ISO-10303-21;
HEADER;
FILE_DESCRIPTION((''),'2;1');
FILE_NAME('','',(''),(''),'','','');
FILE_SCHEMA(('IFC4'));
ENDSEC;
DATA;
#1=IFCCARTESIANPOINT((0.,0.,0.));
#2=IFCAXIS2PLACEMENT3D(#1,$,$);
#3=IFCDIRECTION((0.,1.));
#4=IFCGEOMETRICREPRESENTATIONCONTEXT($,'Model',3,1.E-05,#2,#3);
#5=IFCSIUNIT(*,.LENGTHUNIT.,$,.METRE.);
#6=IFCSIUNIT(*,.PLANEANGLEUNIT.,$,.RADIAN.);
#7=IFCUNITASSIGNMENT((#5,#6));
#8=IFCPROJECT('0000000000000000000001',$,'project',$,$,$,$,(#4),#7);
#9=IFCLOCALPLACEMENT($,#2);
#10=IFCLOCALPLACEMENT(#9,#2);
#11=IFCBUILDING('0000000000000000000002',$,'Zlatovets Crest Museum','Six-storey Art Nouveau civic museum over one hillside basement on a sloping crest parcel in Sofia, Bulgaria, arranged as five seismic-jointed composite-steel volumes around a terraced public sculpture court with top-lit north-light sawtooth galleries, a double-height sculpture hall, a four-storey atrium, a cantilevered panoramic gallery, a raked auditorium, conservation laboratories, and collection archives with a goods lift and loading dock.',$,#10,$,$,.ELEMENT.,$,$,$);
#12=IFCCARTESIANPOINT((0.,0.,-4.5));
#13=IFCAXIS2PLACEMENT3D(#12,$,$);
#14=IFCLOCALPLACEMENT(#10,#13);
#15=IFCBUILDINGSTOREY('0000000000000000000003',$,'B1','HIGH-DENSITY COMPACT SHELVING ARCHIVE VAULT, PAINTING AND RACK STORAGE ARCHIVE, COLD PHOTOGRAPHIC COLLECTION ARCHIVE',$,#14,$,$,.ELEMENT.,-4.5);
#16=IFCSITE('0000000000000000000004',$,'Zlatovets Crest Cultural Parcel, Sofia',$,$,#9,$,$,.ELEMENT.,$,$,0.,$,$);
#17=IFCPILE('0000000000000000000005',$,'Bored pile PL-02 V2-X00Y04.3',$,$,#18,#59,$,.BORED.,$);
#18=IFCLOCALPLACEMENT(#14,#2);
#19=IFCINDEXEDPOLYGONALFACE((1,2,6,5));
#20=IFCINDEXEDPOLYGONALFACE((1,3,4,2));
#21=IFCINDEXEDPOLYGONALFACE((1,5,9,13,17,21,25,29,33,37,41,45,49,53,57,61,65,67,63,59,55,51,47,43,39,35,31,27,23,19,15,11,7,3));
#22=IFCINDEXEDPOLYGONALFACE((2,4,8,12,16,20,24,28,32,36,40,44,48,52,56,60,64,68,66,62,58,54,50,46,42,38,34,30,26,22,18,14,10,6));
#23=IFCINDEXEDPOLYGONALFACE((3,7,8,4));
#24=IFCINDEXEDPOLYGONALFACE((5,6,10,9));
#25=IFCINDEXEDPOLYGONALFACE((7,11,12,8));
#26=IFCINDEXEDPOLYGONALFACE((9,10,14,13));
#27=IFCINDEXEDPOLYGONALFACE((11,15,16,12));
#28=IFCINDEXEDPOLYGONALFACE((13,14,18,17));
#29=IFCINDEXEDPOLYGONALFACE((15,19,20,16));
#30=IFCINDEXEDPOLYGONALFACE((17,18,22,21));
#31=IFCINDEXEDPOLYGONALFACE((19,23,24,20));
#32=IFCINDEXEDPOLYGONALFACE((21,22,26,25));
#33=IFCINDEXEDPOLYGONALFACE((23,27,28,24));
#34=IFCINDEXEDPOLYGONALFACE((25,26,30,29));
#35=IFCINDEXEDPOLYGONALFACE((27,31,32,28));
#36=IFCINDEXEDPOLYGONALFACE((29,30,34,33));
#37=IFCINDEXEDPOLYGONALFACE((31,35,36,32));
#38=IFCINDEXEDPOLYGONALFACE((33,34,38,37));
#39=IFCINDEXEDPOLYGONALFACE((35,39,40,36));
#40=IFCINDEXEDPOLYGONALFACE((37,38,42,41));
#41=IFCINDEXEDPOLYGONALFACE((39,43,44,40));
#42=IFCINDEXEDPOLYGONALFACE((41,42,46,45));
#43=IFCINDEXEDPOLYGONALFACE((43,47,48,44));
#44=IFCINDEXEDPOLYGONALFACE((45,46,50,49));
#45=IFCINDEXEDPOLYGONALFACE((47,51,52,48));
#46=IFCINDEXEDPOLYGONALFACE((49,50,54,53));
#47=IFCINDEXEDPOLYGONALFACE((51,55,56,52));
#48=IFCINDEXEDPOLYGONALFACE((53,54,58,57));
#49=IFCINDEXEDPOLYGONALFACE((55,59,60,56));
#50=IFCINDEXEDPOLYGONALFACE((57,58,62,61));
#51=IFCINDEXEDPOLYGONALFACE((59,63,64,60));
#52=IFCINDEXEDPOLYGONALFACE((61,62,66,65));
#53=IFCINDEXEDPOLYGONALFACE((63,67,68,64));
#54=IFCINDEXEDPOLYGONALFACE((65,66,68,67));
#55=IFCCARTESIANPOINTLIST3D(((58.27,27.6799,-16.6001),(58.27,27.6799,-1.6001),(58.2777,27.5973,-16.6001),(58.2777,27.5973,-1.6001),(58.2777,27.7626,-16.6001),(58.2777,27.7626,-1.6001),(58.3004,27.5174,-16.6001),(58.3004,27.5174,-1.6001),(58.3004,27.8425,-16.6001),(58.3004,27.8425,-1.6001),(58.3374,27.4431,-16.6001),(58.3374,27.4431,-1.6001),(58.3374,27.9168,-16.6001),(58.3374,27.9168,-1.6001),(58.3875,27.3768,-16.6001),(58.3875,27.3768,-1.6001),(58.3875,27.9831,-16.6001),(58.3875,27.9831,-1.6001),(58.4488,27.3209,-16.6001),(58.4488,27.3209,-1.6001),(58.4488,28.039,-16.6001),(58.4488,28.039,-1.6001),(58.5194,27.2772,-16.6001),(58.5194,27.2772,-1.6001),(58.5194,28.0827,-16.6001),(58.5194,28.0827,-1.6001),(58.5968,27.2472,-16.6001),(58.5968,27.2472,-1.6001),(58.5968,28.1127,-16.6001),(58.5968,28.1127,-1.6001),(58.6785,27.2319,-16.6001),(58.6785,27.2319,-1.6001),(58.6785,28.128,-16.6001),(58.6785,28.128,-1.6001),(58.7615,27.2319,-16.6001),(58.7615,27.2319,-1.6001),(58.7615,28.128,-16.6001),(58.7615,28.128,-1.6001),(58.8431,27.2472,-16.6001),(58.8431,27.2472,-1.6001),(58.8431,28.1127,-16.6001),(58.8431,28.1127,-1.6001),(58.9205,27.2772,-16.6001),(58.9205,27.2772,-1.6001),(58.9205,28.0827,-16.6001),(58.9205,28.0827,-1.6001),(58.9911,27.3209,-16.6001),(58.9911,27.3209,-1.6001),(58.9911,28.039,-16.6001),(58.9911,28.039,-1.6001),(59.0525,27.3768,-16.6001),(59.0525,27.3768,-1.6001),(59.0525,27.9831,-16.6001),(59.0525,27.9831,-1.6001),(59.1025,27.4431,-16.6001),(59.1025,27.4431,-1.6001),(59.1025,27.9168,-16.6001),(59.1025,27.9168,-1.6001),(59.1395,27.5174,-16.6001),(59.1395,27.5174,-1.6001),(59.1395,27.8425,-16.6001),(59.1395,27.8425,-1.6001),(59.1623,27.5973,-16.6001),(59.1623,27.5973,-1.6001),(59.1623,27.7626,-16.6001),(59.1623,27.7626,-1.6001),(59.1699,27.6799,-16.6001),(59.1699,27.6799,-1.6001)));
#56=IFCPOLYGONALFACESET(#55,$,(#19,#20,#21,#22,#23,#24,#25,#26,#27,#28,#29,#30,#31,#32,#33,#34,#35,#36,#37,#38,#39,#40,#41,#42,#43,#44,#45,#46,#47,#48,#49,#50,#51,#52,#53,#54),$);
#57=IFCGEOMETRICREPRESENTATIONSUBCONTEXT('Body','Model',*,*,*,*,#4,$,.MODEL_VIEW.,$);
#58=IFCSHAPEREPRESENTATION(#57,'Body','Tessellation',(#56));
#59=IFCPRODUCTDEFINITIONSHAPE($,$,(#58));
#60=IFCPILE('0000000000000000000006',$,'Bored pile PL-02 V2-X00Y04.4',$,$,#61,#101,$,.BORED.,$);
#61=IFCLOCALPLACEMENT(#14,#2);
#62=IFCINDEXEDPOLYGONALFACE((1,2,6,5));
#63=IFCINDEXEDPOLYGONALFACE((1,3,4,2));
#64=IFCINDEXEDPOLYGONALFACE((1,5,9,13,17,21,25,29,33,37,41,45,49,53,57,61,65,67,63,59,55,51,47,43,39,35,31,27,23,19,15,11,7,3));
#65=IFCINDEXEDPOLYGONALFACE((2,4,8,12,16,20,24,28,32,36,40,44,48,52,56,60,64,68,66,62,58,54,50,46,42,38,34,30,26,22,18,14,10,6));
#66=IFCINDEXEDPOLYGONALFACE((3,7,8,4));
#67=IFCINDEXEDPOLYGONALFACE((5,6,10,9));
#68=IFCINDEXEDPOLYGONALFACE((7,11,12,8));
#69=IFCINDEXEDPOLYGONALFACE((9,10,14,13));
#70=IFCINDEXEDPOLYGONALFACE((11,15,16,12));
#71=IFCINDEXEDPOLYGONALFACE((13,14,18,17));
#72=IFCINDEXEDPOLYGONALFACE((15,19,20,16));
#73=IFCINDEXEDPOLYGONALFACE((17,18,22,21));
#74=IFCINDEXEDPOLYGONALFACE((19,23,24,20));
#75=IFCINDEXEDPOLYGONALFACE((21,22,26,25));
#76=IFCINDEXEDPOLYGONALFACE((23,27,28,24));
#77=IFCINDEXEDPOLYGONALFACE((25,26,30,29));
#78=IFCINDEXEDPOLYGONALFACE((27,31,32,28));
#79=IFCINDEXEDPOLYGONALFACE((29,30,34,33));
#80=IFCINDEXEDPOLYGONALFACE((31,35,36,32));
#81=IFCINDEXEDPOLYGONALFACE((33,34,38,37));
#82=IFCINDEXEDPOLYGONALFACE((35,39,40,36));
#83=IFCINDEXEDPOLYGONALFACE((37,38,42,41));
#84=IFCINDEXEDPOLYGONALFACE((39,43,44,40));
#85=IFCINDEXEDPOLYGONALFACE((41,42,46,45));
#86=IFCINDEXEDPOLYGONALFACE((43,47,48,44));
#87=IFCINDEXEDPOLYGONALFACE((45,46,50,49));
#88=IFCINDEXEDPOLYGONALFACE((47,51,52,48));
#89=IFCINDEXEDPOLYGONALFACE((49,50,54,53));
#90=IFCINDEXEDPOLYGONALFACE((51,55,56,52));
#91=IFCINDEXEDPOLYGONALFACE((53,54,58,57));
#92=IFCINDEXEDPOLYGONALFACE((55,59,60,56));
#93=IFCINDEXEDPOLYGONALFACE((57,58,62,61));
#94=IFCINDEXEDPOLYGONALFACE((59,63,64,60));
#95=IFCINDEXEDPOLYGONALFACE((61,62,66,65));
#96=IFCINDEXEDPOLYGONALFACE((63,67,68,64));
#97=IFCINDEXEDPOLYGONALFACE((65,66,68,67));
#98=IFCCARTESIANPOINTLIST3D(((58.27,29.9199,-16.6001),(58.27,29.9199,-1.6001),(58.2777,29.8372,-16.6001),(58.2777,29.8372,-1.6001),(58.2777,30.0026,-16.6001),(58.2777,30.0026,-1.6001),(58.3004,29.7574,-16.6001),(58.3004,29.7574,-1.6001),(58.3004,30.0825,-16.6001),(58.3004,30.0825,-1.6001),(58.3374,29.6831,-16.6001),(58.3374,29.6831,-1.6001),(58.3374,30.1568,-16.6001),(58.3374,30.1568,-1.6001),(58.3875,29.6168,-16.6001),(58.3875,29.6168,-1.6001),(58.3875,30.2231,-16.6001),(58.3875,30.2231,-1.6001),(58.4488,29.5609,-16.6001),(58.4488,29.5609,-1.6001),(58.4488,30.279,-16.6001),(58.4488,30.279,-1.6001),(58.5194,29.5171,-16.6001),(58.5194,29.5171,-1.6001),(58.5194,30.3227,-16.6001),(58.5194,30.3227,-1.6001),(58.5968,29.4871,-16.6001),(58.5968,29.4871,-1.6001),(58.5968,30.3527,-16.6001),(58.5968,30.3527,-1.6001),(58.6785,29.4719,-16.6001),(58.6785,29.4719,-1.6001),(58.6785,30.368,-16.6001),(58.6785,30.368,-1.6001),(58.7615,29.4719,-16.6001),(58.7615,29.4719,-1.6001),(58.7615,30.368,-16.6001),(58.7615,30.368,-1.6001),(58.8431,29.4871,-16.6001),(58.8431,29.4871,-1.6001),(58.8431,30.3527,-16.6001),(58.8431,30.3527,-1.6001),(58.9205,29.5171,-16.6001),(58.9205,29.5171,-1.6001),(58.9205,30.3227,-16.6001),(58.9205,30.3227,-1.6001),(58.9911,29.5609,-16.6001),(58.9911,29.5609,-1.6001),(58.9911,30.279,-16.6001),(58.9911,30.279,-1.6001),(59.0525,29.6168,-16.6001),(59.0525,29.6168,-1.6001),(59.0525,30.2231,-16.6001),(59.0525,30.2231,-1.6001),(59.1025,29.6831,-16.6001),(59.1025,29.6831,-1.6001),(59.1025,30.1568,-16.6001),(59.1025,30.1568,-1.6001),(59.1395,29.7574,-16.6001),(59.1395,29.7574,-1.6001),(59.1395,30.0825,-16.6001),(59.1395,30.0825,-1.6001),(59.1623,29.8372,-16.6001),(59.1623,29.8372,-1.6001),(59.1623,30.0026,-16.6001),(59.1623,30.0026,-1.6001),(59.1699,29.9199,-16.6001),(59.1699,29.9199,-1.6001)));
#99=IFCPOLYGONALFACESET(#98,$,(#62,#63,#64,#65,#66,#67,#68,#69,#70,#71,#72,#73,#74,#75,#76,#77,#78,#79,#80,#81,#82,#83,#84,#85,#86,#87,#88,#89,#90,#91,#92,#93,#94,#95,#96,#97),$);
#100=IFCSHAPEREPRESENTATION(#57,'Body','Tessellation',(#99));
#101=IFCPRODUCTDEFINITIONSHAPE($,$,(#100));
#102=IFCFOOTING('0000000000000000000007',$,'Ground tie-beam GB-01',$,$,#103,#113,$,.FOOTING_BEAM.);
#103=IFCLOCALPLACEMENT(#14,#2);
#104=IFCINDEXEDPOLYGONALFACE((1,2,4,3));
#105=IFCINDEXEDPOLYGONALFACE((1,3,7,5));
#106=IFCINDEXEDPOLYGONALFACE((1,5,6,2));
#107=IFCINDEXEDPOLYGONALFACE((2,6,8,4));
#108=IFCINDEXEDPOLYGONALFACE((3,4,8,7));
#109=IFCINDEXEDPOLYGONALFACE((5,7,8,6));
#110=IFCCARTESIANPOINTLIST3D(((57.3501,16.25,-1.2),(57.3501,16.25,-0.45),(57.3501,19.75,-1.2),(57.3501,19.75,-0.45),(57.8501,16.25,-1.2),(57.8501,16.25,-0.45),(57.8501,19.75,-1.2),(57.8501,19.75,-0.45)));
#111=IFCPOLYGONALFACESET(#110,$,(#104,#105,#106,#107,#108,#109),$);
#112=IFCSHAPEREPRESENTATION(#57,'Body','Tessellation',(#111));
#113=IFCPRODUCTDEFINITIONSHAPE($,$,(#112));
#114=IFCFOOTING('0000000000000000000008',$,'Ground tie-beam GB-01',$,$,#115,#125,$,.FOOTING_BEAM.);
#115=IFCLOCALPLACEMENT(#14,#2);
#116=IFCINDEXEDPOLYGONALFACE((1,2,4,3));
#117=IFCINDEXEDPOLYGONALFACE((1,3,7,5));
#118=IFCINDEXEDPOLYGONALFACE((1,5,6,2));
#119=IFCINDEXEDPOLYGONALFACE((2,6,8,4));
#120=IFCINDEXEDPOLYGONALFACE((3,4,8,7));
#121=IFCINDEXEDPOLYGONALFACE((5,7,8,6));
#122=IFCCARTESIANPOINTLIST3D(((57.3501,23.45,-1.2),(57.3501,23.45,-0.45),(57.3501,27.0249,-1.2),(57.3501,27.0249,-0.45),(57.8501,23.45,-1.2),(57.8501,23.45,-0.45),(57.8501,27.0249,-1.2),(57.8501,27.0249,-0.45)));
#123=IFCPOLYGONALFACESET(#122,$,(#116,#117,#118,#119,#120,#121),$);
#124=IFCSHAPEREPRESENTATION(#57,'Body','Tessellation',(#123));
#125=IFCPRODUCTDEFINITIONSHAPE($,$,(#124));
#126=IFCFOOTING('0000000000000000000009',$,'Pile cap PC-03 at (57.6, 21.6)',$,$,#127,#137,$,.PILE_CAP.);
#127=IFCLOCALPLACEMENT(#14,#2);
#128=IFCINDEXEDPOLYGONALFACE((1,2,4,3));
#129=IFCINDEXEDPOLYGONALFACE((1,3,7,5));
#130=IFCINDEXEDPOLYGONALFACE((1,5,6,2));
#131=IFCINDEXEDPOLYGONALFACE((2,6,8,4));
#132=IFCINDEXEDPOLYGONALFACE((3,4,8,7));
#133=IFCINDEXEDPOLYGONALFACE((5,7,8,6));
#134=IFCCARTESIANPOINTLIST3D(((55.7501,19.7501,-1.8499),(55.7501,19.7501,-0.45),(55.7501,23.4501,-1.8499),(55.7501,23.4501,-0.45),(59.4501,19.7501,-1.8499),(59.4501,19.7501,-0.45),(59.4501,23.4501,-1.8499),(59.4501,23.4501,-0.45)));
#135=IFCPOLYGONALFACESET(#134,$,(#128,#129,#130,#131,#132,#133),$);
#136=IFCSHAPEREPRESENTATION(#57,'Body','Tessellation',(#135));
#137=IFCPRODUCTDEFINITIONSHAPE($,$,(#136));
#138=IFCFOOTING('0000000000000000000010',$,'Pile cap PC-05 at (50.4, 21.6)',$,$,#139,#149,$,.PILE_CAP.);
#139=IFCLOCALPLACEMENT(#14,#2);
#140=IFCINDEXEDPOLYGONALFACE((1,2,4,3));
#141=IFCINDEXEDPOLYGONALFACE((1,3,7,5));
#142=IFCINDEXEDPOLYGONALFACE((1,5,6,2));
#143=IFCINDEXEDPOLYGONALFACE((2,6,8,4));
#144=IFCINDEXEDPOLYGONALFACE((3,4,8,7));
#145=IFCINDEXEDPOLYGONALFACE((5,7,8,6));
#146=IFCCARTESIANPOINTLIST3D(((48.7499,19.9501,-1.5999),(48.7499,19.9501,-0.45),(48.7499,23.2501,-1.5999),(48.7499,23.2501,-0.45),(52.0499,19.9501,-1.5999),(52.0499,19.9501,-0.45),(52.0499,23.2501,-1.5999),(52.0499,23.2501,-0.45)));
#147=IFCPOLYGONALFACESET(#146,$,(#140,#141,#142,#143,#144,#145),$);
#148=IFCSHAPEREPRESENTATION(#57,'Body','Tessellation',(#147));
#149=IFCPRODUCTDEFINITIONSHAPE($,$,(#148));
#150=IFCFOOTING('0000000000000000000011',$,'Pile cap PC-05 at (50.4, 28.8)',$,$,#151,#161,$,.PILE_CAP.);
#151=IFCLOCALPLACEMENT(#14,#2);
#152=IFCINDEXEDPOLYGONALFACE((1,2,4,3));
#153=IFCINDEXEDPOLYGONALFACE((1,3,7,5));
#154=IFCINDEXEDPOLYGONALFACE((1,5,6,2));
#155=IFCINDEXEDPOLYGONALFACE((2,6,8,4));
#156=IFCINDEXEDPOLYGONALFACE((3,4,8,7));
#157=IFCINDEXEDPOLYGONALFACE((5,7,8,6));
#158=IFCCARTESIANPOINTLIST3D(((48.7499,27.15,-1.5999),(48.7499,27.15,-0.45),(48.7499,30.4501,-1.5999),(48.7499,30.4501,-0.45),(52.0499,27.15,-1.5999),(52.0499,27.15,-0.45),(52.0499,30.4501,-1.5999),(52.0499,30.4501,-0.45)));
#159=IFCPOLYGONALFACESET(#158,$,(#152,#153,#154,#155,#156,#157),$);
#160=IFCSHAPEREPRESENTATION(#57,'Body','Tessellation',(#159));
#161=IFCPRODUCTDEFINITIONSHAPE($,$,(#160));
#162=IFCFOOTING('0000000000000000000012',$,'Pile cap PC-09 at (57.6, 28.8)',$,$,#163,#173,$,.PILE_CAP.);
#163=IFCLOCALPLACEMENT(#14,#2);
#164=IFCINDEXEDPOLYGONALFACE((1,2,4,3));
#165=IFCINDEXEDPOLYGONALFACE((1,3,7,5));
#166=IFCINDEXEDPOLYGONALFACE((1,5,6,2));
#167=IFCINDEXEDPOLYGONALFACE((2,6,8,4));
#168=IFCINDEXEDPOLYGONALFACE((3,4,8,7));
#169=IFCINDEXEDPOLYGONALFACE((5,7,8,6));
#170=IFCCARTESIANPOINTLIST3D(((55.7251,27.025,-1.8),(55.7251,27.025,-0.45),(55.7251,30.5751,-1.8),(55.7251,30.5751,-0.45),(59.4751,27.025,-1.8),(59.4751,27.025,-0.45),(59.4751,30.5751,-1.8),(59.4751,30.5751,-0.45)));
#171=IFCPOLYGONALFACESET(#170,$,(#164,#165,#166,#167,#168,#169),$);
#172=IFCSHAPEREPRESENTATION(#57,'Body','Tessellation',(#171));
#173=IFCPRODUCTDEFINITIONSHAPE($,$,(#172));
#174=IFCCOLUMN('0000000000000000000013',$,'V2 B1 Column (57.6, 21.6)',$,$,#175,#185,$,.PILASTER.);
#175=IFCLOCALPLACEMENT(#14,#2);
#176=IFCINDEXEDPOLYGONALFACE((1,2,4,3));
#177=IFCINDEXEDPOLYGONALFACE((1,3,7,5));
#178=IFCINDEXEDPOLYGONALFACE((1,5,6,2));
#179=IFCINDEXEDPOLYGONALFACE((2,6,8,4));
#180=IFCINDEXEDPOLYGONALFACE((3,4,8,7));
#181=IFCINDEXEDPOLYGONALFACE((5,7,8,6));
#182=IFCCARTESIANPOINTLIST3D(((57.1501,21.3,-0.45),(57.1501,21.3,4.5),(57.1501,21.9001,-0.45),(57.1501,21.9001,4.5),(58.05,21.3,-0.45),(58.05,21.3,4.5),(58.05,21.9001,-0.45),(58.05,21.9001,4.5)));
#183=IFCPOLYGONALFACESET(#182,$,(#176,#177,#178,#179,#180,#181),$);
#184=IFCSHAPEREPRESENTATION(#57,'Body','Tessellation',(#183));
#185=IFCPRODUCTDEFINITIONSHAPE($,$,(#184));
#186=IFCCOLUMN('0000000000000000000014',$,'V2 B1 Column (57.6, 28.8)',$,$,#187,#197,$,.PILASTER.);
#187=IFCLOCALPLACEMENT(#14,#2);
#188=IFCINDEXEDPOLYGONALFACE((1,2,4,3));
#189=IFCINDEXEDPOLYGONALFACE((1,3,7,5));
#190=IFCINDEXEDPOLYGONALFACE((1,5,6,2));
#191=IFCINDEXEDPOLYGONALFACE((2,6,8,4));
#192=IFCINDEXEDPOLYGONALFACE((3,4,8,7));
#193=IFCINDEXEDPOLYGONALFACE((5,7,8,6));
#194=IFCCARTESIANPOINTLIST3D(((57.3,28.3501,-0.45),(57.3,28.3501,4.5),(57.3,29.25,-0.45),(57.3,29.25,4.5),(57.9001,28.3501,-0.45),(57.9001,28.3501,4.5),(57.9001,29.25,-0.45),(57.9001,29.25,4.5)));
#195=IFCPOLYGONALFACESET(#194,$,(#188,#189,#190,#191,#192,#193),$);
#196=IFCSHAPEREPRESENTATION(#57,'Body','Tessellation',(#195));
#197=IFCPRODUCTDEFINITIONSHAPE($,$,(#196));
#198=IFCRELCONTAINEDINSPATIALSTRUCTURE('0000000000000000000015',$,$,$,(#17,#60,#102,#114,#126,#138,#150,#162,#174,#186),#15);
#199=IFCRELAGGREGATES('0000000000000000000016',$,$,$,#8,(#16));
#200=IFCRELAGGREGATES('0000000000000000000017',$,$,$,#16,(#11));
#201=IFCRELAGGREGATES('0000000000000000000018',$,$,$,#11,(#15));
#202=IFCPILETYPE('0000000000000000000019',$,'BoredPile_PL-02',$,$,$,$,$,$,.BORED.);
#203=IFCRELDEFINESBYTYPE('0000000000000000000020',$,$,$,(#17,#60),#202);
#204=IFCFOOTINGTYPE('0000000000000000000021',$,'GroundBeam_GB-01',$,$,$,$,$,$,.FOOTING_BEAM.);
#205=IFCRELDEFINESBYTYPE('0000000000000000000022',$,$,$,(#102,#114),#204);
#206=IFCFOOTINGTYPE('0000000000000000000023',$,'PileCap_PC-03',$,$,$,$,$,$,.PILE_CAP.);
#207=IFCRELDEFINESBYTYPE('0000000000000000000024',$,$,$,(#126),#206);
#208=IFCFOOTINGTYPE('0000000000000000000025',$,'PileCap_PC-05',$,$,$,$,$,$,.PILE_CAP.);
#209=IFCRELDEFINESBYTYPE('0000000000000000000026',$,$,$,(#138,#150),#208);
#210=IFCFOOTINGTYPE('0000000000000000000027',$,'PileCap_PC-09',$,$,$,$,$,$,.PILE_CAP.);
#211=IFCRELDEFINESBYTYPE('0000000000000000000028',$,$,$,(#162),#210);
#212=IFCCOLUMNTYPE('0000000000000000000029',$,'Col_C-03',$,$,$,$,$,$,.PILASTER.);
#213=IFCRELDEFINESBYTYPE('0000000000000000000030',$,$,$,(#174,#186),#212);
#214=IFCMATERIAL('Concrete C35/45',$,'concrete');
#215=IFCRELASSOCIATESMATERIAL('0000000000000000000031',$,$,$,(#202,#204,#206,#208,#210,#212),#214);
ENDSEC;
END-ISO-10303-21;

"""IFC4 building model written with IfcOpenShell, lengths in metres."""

from ifc_helpers import new_model, si_unit, direction, frame, origin, origin_2d, place, context, subcontext, project, spatial, rectangle, circle, extrude, material, material_profile, profile_set, type_object, element, save


model = new_model("IFC4")

# Units and contexts
model_context = context("Model", 3, precision=1e-05, world=origin(), true_north=direction((0.0, 1.0)))
body_context = subcontext(model_context, "Body", "Model", "MODEL_VIEW")
ifc_project = project(units=[si_unit("LENGTHUNIT", "METRE"), si_unit("PLANEANGLEUNIT", "RADIAN")], contexts=[model_context])

# Site, building, storey
site_placement = place(None, origin())
site = spatial("IfcSite", under=ifc_project, at=site_placement, Name="Zlatovets Crest Cultural Parcel, Sofia", CompositionType="ELEMENT", RefElevation=0.0)
building_placement = place(site_placement, origin())
building = spatial("IfcBuilding", under=site, at=building_placement, Name="Zlatovets Crest Museum", Description="Six-storey Art Nouveau civic museum over one hillside basement on a sloping crest parcel in Sofia, Bulgaria, arranged as five seismic-jointed composite-steel volumes around a terraced public sculpture court with top-lit north-light sawtooth galleries, a double-height sculpture hall, a four-storey atrium, a cantilevered panoramic gallery, a raked auditorium, conservation laboratories, and collection archives with a goods lift and loading dock.", CompositionType="ELEMENT")
storey_placement = place(building_placement, frame((0.0, 0.0, -4.5)))
storey = spatial("IfcBuildingStorey", under=building, at=storey_placement, Name="B1", Description="HIGH-DENSITY COMPACT SHELVING ARCHIVE VAULT, PAINTING AND RACK STORAGE ARCHIVE, COLD PHOTOGRAPHIC COLLECTION ARCHIVE", CompositionType="ELEMENT", Elevation=-4.5)

# Piles
ifc_material_1 = material(Name="Concrete C35/45", Category="concrete")
ifc_material_profile_1 = material_profile(ifc_material_1, circle(Radius=0.45, at=origin_2d()), Name="PILE D900")
ifc_profile_set_1 = profile_set([ifc_material_profile_1], Name="Concrete C35/45")
pile_type_1 = type_object("IfcPileType", Name="BoredPile_PL-02", PredefinedType="BORED", material=ifc_profile_set_1)
for number, where, z_axis, x_axis, name in (
    (1, (58.72, 27.6799, -1.6001), (0.0, 0.0, -1.0), (1.0, 0.0, 0.0), "Bored pile PL-02 V2-X00Y04.3"),
    (2, (58.72, 29.9199, -1.6001), (0.0, 0.0, -1.0), (1.0, 0.0, 0.0), "Bored pile PL-02 V2-X00Y04.4"),
):
    element("IfcPile", number, at=place(storey_placement, frame(where, z_axis=z_axis, x_axis=x_axis)), inside=storey, type_object=pile_type_1, Name=name, PredefinedType="BORED", context=body_context, shape_type="SweptSolid", body=[
        extrude(circle(Radius=0.45, at=origin_2d()), origin(), (0.0, 0.0, 1.0), 15.0),
    ])

# Footings
ifc_material_profile_2 = material_profile(ifc_material_1, rectangle(XDim=0.5, YDim=0.75, at=origin_2d()), Name="RC 500x750")
ifc_profile_set_2 = profile_set([ifc_material_profile_2], Name="Concrete C35/45")
footing_type_1 = type_object("IfcFootingType", Name="GroundBeam_GB-01", PredefinedType="FOOTING_BEAM", material=ifc_profile_set_2)
footing_1_placement = place(storey_placement, frame((57.6001, 16.25, -0.825), z_axis=(0.0, 1.0, 0.0), x_axis=(-1.0, 0.0, 0.0)))
element("IfcFooting", 3, at=footing_1_placement, inside=storey, type_object=footing_type_1, Name="Ground tie-beam GB-01", PredefinedType="FOOTING_BEAM", context=body_context, shape_type="SweptSolid", body=[
    extrude(rectangle(XDim=0.5, YDim=0.75, at=origin_2d()), origin(), (0.0, 0.0, 1.0), 3.5),
])
footing_2_placement = place(storey_placement, frame((57.6001, 23.45, -0.825), z_axis=(0.0, 1.0, 0.0), x_axis=(-1.0, 0.0, 0.0)))
element("IfcFooting", 4, at=footing_2_placement, inside=storey, type_object=footing_type_1, Name="Ground tie-beam GB-01", PredefinedType="FOOTING_BEAM", context=body_context, shape_type="SweptSolid", body=[
    extrude(rectangle(XDim=0.5, YDim=0.75, at=origin_2d()), origin(), (0.0, 0.0, 1.0), 3.575),
])
footing_type_2 = type_object("IfcFootingType", Name="PileCap_PC-03", PredefinedType="PILE_CAP", material=ifc_material_1)
footing_3_placement = place(storey_placement, frame((57.6001, 21.6001, -1.8499), z_axis=(0.0, 0.0, 1.0), x_axis=(1.0, 0.0, 0.0)))
element("IfcFooting", 5, at=footing_3_placement, inside=storey, type_object=footing_type_2, Name="Pile cap PC-03 at (57.6, 21.6)", PredefinedType="PILE_CAP", context=body_context, shape_type="SweptSolid", body=[
    extrude(rectangle(XDim=3.7, YDim=3.7, at=origin_2d()), origin(), (0.0, 0.0, 1.0), 1.3999),
])
footing_type_3 = type_object("IfcFootingType", Name="PileCap_PC-05", PredefinedType="PILE_CAP", material=ifc_material_1)
for number, where, z_axis, x_axis, name in (
    (6, (50.3999, 21.6001, -1.5999), (0.0, 0.0, 1.0), (1.0, 0.0, 0.0), "Pile cap PC-05 at (50.4, 21.6)"),
    (7, (50.3999, 28.8, -1.5999), (0.0, 0.0, 1.0), (1.0, 0.0, 0.0), "Pile cap PC-05 at (50.4, 28.8)"),
):
    element("IfcFooting", number, at=place(storey_placement, frame(where, z_axis=z_axis, x_axis=x_axis)), inside=storey, type_object=footing_type_3, Name=name, PredefinedType="PILE_CAP", context=body_context, shape_type="SweptSolid", body=[
        extrude(rectangle(XDim=3.3, YDim=3.3, at=origin_2d()), origin(), (0.0, 0.0, 1.0), 1.1499),
    ])
footing_type_4 = type_object("IfcFootingType", Name="PileCap_PC-09", PredefinedType="PILE_CAP", material=ifc_material_1)
footing_4_placement = place(storey_placement, frame((57.6001, 28.8, -1.8), z_axis=(0.0, 0.0, 1.0), x_axis=(1.0, 0.0, 0.0)))
element("IfcFooting", 8, at=footing_4_placement, inside=storey, type_object=footing_type_4, Name="Pile cap PC-09 at (57.6, 28.8)", PredefinedType="PILE_CAP", context=body_context, shape_type="SweptSolid", body=[
    extrude(rectangle(XDim=3.75, YDim=3.55, at=origin_2d()), origin(), (0.0, 0.0, 1.0), 1.3501),
])

# Columns
ifc_material_profile_3 = material_profile(ifc_material_1, rectangle(XDim=0.6001, YDim=0.8999, at=origin_2d()), Name="RC 600x900")
ifc_profile_set_3 = profile_set([ifc_material_profile_3], Name="Concrete C35/45")
column_type_1 = type_object("IfcColumnType", Name="Col_C-03", PredefinedType="PILASTER", material=ifc_profile_set_3)
for number, where, z_axis, x_axis, name in (
    (9, (57.6001, 21.6001, -0.45), (0.0, 0.0, 1.0), (0.0, 1.0, 0.0), "V2 B1 Column (57.6, 21.6)"),
    (10, (57.6001, 28.8, -0.45), (0.0, 0.0, 1.0), (1.0, 0.0, 0.0), "V2 B1 Column (57.6, 28.8)"),
):
    element("IfcColumn", number, at=place(storey_placement, frame(where, z_axis=z_axis, x_axis=x_axis)), inside=storey, type_object=column_type_1, Name=name, PredefinedType="PILASTER", context=body_context, shape_type="SweptSolid", body=[
        extrude(rectangle(XDim=0.6001, YDim=0.8999, at=origin_2d()), origin(), (0.0, 0.0, 1.0), 4.95),
    ])

save(model, "model.ifc")
